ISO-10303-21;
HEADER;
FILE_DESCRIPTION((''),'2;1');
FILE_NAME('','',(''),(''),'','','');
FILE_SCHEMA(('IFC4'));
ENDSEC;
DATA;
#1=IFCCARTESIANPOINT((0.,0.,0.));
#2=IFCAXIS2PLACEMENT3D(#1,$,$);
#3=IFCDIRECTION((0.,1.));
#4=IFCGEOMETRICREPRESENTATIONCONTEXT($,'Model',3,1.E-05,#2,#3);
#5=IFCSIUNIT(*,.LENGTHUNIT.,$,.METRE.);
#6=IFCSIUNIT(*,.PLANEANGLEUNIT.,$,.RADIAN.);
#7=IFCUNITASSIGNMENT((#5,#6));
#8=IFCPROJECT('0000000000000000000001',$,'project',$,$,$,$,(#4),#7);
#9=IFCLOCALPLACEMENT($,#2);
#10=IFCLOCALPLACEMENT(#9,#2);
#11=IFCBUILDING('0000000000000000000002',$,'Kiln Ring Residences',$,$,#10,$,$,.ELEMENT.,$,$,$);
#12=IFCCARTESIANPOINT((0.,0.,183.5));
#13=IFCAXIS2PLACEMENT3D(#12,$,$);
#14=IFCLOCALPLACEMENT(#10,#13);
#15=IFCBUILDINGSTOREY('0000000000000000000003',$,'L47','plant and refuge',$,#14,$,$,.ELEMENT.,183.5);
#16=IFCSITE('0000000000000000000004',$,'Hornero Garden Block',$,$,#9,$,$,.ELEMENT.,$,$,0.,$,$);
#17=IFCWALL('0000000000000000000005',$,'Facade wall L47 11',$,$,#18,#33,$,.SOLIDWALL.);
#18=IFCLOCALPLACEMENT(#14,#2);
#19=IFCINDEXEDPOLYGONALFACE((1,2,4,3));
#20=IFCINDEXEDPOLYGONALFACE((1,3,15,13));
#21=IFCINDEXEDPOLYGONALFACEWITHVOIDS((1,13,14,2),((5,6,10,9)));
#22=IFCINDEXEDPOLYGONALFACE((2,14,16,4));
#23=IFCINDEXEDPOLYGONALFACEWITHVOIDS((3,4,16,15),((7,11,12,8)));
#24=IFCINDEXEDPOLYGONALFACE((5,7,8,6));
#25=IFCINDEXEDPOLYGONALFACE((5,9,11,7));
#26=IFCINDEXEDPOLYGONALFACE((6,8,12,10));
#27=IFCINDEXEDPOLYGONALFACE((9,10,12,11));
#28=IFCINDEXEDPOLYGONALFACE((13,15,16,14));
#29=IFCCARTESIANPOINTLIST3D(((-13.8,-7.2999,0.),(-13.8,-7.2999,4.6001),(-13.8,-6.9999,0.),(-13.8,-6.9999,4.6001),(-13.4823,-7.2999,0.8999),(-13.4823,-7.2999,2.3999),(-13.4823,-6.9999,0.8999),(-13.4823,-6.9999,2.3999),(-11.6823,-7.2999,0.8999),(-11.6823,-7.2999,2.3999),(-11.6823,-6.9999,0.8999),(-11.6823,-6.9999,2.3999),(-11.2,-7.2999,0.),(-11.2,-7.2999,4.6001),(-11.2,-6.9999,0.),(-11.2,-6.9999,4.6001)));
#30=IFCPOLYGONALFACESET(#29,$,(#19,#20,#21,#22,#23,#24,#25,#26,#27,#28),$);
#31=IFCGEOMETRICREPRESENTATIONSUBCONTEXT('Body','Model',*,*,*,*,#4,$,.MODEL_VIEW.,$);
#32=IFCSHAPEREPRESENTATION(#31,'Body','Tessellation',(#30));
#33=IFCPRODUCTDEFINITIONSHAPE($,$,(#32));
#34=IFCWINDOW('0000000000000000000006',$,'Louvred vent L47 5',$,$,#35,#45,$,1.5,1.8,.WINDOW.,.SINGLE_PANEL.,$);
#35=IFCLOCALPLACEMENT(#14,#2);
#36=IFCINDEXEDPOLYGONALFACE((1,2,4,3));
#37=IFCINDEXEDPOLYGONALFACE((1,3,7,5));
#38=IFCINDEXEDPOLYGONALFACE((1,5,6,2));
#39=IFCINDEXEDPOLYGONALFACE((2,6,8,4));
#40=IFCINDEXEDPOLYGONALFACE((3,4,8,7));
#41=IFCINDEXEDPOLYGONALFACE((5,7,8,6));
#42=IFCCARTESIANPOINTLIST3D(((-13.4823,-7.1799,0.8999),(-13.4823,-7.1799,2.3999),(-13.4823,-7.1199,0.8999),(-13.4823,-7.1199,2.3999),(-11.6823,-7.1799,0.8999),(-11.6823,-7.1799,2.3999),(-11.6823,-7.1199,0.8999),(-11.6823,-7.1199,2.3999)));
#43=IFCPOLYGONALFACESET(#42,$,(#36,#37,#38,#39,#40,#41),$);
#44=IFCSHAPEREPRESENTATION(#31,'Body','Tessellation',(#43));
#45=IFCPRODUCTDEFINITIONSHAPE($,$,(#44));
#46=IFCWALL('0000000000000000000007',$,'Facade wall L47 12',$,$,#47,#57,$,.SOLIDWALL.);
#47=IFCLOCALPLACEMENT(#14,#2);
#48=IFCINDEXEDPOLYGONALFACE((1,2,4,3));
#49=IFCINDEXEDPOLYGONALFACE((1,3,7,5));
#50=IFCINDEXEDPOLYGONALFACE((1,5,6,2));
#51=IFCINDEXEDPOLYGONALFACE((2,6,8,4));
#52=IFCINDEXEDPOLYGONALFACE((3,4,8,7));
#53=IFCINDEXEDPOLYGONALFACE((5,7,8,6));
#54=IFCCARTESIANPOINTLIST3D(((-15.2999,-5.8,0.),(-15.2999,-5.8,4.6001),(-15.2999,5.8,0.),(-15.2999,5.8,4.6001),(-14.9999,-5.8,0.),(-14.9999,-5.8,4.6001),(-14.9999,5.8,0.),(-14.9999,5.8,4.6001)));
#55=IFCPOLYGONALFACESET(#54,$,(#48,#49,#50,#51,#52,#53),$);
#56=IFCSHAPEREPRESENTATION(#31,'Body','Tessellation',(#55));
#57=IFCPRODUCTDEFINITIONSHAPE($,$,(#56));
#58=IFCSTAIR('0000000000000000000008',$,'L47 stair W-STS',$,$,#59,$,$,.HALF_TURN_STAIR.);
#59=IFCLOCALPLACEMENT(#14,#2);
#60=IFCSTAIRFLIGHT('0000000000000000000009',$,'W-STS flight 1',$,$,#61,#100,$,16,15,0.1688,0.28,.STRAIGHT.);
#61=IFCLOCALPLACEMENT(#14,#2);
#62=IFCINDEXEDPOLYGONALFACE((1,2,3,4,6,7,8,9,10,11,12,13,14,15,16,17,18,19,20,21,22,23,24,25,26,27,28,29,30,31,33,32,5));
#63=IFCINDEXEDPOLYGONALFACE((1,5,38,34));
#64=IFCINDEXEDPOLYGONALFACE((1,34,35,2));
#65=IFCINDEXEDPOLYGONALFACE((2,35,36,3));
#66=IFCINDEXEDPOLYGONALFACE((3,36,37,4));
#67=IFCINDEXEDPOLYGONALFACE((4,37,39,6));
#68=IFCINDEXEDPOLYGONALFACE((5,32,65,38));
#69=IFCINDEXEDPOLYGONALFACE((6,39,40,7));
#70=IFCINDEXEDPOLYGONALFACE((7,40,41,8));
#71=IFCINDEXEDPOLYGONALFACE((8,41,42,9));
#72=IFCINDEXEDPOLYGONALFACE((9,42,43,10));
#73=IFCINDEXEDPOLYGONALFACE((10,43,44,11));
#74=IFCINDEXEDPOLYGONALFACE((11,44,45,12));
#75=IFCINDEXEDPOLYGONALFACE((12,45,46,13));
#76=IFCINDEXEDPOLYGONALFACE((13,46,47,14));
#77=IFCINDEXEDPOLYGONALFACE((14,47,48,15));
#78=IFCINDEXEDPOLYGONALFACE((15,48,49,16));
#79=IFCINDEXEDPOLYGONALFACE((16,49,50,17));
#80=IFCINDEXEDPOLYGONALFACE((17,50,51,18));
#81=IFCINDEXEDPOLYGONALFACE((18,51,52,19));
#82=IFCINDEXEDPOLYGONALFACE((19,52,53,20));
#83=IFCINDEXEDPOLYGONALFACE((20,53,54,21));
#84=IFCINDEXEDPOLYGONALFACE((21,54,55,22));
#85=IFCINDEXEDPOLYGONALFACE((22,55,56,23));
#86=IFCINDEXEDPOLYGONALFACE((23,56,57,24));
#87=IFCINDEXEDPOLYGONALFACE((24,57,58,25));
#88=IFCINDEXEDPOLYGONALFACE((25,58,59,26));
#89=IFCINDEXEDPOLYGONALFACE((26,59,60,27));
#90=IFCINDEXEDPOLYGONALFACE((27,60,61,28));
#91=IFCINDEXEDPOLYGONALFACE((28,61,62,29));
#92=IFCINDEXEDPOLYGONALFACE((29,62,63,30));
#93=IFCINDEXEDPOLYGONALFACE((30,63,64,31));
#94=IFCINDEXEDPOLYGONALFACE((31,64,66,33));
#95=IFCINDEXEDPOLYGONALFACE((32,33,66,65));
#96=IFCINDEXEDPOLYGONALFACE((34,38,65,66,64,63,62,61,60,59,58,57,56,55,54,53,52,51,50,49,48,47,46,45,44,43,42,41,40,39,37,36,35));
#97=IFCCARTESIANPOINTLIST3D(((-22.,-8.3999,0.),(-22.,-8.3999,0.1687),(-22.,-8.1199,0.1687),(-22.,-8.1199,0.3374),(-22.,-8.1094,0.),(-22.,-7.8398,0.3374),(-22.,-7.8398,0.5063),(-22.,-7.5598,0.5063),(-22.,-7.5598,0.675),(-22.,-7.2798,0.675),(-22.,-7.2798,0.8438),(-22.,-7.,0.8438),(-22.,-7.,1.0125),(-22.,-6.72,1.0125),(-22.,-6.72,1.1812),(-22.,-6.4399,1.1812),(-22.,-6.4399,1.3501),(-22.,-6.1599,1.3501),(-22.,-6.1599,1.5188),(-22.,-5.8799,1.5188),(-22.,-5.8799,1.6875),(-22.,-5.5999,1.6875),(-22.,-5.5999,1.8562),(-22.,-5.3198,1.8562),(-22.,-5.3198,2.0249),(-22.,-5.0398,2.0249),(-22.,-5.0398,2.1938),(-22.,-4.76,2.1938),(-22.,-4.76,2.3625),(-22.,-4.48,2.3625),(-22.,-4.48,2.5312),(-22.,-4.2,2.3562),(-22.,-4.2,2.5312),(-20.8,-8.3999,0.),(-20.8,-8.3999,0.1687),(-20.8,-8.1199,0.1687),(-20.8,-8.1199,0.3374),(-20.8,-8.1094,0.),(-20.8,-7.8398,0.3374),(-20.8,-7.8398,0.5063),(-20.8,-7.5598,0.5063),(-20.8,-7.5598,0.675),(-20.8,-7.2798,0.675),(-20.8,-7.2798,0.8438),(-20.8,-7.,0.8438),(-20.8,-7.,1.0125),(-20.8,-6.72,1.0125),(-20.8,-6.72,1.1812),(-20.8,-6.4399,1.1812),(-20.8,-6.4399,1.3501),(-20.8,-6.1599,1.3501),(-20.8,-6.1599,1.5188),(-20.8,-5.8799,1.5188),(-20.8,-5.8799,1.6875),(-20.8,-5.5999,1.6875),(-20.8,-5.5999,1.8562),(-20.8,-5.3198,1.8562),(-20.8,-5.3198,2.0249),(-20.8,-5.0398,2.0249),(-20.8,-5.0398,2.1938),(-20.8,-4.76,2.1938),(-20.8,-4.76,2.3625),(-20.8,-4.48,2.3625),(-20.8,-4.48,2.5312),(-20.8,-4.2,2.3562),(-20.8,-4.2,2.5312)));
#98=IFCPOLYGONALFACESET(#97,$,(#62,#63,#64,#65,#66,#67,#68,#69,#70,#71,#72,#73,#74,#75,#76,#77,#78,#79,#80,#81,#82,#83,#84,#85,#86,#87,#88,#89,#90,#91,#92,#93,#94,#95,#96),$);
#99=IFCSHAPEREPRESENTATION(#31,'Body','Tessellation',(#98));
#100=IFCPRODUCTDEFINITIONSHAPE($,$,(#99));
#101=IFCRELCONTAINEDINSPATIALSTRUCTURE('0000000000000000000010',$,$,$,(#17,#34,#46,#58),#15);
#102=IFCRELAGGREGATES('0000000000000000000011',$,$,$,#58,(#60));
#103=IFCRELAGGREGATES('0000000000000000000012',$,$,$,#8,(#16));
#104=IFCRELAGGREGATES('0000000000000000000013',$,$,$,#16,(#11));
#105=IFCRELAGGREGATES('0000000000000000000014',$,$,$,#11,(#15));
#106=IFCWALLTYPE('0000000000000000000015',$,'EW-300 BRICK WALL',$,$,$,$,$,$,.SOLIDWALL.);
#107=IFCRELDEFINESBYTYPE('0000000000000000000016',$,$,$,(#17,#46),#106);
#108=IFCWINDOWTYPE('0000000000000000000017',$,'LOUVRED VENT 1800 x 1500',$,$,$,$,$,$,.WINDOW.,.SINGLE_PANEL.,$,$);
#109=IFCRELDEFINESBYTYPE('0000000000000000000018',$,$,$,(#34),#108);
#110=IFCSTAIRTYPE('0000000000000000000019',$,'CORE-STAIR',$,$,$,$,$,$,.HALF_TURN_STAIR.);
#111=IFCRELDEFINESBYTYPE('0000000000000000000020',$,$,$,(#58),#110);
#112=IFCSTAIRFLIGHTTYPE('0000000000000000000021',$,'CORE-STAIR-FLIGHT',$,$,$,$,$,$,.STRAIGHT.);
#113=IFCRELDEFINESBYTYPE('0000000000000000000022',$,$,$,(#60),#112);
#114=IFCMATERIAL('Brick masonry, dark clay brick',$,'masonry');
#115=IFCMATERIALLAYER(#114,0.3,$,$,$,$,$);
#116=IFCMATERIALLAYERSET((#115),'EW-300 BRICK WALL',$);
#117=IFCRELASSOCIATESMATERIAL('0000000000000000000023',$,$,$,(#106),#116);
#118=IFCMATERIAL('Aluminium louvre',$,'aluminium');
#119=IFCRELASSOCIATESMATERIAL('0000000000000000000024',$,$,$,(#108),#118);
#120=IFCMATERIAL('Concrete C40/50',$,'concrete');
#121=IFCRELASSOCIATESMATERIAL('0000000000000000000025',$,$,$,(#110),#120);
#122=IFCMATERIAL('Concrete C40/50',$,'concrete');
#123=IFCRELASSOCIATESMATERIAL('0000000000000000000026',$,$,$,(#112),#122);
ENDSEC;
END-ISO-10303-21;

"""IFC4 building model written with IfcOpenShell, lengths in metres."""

from ifc_helpers import new_model, si_unit, direction, frame, frame_2d, origin, place, context, subcontext, project, spatial, polyline, rectangle, outline, extrude, material, layer, layer_set, type_object, element, fill, aggregate, save


model = new_model("IFC4")

# Units and contexts
model_context = context("Model", 3, precision=1e-05, world=origin(), true_north=direction((0.0, 1.0)))
body_context = subcontext(model_context, "Body", "Model", "MODEL_VIEW")
ifc_project = project(units=[si_unit("LENGTHUNIT", "METRE"), si_unit("PLANEANGLEUNIT", "RADIAN")], contexts=[model_context])

# Site, building, storey
site_placement = place(None, origin())
site = spatial("IfcSite", under=ifc_project, at=site_placement, Name="Hornero Garden Block", CompositionType="ELEMENT", RefElevation=0.0)
building_placement = place(site_placement, origin())
building = spatial("IfcBuilding", under=site, at=building_placement, Name="Kiln Ring Residences", CompositionType="ELEMENT")
storey_placement = place(building_placement, frame((0.0, 0.0, 183.5)))
storey = spatial("IfcBuildingStorey", under=building, at=storey_placement, Name="L47", Description="plant and refuge", CompositionType="ELEMENT", Elevation=183.5)

# Shared definitions
ifc_material_1 = material(Name="Brick masonry, dark clay brick", Category="masonry")
ifc_layer_1 = layer(ifc_material_1, 0.3)
ifc_layer_set_1 = layer_set([ifc_layer_1], Name="EW-300 BRICK WALL")
wall_type_1 = type_object("IfcWallType", Name="EW-300 BRICK WALL", PredefinedType="SOLIDWALL", material=ifc_layer_set_1)

# Wall, opening, window
wall_1_placement = place(storey_placement, frame((-11.2, -7.1499, 0.0), z_axis=(0.0, 0.0, 1.0), x_axis=(-1.0, 0.0, 0.0)))
wall_1 = element("IfcWall", 1, at=wall_1_placement, inside=storey, type_object=wall_type_1, Name="Facade wall L47 11", PredefinedType="SOLIDWALL", context=body_context, shape_type="SweptSolid", body=[
    extrude(rectangle(XDim=2.6001, YDim=0.3, at=frame_2d((1.3, 0.0))), origin(), (0.0, 0.0, 1.0), 4.6001),
])
opening_1_placement = place(wall_1_placement, frame((0.4824, 0.0, 0.8999)))
opening_1 = element("IfcOpeningElement", 2, at=opening_1_placement, cuts=wall_1, PredefinedType="OPENING", context=body_context, shape_type="SweptSolid", body=[
    extrude(rectangle(XDim=1.8, YDim=1.5, at=frame_2d((0.8999, 0.75))), frame((0.0, 0.1599, 0.0), z_axis=(0.0, -1.0, 0.0), x_axis=(1.0, 0.0, 0.0)), (0.0, 0.0, 1.0), 0.3201),
])
ifc_material_2 = material(Name="Aluminium louvre", Category="aluminium")
window_type = type_object("IfcWindowType", Name="LOUVRED VENT 1800 x 1500", PartitioningType="SINGLE_PANEL", PredefinedType="WINDOW", material=ifc_material_2)
window_placement = place(opening_1_placement, origin())
window = element("IfcWindow", 3, at=window_placement, inside=storey, type_object=window_type, Name="Louvred vent L47 5", OverallHeight=1.5, OverallWidth=1.8, PartitioningType="SINGLE_PANEL", PredefinedType="WINDOW", context=body_context, shape_type="SweptSolid", body=[
    extrude(rectangle(XDim=1.8, YDim=1.5, at=frame_2d((0.8999, 0.75))), frame((0.0, 0.03, 0.0), z_axis=(0.0, -1.0, 0.0), x_axis=(1.0, 0.0, 0.0)), (0.0, 0.0, 1.0), 0.0601),
])
fill(opening_1, window)

# Wall
wall_2_placement = place(storey_placement, frame((-15.1499, -5.8, 0.0), z_axis=(0.0, 0.0, 1.0), x_axis=(0.0, 1.0, 0.0)))
element("IfcWall", 4, at=wall_2_placement, inside=storey, type_object=wall_type_1, Name="Facade wall L47 12", PredefinedType="SOLIDWALL", context=body_context, shape_type="SweptSolid", body=[
    extrude(rectangle(XDim=11.6001, YDim=0.3, at=frame_2d((5.8, 0.0))), origin(), (0.0, 0.0, 1.0), 4.6001),
])

# Stair, stair flight
ifc_material_3 = material(Name="Concrete C40/50", Category="concrete")
stair_type = type_object("IfcStairType", Name="CORE-STAIR", PredefinedType="HALF_TURN_STAIR", material=ifc_material_3)
stair_placement = place(storey_placement, origin())
stair = element("IfcStair", 5, at=stair_placement, inside=storey, type_object=stair_type, Name="L47 stair W-STS", PredefinedType="HALF_TURN_STAIR")
ifc_material_4 = material(Name="Concrete C40/50", Category="concrete")
stair_flight_type = type_object("IfcStairFlightType", Name="CORE-STAIR-FLIGHT", PredefinedType="STRAIGHT", material=ifc_material_4)
stair_flight_placement = place(storey_placement, frame((-21.3999, -8.3999, 0.0), z_axis=(0.0, 0.0, 1.0), x_axis=(0.0, 1.0, 0.0)))
stair_flight = element("IfcStairFlight", 6, at=stair_flight_placement, type_object=stair_flight_type, Name="W-STS flight 1", NumberOfRisers=16, NumberOfTreads=15, PredefinedType="STRAIGHT", RiserHeight=0.1688, TreadLength=0.28, context=body_context, shape_type="SweptSolid", body=[
    extrude(outline(polyline([(0.0, 0.0), (0.0, 0.1687), (0.28, 0.1687), (0.28, 0.3374), (0.5601, 0.3374), (0.5601, 0.5063), (0.8401, 0.5063), (0.8401, 0.675), (1.1201, 0.675), (1.1201, 0.8438), (1.3999, 0.8438), (1.3999, 1.0125), (1.6799, 1.0125), (1.6799, 1.1812), (1.96, 1.1812), (1.96, 1.3501), (2.24, 1.3501), (2.24, 1.5188), (2.52, 1.5188), (2.52, 1.6875), (2.8, 1.6875), (2.8, 1.8562), (3.0801, 1.8562), (3.0801, 2.0249), (3.3601, 2.0249), (3.3601, 2.1938), (3.6399, 2.1938), (3.6399, 2.3625), (3.9199, 2.3625), (3.9199, 2.5312), (4.2, 2.5312), (4.2, 2.7), (4.2, 2.3562), (0.2905, 0.0), (0.0, 0.0)])), frame((0.0, 0.6001, 0.0), z_axis=(0.0, -1.0, 0.0), x_axis=(1.0, 0.0, 0.0)), (0.0, 0.0, 1.0), 1.2),
])
aggregate(stair, [stair_flight])

save(model, "model.ifc")
